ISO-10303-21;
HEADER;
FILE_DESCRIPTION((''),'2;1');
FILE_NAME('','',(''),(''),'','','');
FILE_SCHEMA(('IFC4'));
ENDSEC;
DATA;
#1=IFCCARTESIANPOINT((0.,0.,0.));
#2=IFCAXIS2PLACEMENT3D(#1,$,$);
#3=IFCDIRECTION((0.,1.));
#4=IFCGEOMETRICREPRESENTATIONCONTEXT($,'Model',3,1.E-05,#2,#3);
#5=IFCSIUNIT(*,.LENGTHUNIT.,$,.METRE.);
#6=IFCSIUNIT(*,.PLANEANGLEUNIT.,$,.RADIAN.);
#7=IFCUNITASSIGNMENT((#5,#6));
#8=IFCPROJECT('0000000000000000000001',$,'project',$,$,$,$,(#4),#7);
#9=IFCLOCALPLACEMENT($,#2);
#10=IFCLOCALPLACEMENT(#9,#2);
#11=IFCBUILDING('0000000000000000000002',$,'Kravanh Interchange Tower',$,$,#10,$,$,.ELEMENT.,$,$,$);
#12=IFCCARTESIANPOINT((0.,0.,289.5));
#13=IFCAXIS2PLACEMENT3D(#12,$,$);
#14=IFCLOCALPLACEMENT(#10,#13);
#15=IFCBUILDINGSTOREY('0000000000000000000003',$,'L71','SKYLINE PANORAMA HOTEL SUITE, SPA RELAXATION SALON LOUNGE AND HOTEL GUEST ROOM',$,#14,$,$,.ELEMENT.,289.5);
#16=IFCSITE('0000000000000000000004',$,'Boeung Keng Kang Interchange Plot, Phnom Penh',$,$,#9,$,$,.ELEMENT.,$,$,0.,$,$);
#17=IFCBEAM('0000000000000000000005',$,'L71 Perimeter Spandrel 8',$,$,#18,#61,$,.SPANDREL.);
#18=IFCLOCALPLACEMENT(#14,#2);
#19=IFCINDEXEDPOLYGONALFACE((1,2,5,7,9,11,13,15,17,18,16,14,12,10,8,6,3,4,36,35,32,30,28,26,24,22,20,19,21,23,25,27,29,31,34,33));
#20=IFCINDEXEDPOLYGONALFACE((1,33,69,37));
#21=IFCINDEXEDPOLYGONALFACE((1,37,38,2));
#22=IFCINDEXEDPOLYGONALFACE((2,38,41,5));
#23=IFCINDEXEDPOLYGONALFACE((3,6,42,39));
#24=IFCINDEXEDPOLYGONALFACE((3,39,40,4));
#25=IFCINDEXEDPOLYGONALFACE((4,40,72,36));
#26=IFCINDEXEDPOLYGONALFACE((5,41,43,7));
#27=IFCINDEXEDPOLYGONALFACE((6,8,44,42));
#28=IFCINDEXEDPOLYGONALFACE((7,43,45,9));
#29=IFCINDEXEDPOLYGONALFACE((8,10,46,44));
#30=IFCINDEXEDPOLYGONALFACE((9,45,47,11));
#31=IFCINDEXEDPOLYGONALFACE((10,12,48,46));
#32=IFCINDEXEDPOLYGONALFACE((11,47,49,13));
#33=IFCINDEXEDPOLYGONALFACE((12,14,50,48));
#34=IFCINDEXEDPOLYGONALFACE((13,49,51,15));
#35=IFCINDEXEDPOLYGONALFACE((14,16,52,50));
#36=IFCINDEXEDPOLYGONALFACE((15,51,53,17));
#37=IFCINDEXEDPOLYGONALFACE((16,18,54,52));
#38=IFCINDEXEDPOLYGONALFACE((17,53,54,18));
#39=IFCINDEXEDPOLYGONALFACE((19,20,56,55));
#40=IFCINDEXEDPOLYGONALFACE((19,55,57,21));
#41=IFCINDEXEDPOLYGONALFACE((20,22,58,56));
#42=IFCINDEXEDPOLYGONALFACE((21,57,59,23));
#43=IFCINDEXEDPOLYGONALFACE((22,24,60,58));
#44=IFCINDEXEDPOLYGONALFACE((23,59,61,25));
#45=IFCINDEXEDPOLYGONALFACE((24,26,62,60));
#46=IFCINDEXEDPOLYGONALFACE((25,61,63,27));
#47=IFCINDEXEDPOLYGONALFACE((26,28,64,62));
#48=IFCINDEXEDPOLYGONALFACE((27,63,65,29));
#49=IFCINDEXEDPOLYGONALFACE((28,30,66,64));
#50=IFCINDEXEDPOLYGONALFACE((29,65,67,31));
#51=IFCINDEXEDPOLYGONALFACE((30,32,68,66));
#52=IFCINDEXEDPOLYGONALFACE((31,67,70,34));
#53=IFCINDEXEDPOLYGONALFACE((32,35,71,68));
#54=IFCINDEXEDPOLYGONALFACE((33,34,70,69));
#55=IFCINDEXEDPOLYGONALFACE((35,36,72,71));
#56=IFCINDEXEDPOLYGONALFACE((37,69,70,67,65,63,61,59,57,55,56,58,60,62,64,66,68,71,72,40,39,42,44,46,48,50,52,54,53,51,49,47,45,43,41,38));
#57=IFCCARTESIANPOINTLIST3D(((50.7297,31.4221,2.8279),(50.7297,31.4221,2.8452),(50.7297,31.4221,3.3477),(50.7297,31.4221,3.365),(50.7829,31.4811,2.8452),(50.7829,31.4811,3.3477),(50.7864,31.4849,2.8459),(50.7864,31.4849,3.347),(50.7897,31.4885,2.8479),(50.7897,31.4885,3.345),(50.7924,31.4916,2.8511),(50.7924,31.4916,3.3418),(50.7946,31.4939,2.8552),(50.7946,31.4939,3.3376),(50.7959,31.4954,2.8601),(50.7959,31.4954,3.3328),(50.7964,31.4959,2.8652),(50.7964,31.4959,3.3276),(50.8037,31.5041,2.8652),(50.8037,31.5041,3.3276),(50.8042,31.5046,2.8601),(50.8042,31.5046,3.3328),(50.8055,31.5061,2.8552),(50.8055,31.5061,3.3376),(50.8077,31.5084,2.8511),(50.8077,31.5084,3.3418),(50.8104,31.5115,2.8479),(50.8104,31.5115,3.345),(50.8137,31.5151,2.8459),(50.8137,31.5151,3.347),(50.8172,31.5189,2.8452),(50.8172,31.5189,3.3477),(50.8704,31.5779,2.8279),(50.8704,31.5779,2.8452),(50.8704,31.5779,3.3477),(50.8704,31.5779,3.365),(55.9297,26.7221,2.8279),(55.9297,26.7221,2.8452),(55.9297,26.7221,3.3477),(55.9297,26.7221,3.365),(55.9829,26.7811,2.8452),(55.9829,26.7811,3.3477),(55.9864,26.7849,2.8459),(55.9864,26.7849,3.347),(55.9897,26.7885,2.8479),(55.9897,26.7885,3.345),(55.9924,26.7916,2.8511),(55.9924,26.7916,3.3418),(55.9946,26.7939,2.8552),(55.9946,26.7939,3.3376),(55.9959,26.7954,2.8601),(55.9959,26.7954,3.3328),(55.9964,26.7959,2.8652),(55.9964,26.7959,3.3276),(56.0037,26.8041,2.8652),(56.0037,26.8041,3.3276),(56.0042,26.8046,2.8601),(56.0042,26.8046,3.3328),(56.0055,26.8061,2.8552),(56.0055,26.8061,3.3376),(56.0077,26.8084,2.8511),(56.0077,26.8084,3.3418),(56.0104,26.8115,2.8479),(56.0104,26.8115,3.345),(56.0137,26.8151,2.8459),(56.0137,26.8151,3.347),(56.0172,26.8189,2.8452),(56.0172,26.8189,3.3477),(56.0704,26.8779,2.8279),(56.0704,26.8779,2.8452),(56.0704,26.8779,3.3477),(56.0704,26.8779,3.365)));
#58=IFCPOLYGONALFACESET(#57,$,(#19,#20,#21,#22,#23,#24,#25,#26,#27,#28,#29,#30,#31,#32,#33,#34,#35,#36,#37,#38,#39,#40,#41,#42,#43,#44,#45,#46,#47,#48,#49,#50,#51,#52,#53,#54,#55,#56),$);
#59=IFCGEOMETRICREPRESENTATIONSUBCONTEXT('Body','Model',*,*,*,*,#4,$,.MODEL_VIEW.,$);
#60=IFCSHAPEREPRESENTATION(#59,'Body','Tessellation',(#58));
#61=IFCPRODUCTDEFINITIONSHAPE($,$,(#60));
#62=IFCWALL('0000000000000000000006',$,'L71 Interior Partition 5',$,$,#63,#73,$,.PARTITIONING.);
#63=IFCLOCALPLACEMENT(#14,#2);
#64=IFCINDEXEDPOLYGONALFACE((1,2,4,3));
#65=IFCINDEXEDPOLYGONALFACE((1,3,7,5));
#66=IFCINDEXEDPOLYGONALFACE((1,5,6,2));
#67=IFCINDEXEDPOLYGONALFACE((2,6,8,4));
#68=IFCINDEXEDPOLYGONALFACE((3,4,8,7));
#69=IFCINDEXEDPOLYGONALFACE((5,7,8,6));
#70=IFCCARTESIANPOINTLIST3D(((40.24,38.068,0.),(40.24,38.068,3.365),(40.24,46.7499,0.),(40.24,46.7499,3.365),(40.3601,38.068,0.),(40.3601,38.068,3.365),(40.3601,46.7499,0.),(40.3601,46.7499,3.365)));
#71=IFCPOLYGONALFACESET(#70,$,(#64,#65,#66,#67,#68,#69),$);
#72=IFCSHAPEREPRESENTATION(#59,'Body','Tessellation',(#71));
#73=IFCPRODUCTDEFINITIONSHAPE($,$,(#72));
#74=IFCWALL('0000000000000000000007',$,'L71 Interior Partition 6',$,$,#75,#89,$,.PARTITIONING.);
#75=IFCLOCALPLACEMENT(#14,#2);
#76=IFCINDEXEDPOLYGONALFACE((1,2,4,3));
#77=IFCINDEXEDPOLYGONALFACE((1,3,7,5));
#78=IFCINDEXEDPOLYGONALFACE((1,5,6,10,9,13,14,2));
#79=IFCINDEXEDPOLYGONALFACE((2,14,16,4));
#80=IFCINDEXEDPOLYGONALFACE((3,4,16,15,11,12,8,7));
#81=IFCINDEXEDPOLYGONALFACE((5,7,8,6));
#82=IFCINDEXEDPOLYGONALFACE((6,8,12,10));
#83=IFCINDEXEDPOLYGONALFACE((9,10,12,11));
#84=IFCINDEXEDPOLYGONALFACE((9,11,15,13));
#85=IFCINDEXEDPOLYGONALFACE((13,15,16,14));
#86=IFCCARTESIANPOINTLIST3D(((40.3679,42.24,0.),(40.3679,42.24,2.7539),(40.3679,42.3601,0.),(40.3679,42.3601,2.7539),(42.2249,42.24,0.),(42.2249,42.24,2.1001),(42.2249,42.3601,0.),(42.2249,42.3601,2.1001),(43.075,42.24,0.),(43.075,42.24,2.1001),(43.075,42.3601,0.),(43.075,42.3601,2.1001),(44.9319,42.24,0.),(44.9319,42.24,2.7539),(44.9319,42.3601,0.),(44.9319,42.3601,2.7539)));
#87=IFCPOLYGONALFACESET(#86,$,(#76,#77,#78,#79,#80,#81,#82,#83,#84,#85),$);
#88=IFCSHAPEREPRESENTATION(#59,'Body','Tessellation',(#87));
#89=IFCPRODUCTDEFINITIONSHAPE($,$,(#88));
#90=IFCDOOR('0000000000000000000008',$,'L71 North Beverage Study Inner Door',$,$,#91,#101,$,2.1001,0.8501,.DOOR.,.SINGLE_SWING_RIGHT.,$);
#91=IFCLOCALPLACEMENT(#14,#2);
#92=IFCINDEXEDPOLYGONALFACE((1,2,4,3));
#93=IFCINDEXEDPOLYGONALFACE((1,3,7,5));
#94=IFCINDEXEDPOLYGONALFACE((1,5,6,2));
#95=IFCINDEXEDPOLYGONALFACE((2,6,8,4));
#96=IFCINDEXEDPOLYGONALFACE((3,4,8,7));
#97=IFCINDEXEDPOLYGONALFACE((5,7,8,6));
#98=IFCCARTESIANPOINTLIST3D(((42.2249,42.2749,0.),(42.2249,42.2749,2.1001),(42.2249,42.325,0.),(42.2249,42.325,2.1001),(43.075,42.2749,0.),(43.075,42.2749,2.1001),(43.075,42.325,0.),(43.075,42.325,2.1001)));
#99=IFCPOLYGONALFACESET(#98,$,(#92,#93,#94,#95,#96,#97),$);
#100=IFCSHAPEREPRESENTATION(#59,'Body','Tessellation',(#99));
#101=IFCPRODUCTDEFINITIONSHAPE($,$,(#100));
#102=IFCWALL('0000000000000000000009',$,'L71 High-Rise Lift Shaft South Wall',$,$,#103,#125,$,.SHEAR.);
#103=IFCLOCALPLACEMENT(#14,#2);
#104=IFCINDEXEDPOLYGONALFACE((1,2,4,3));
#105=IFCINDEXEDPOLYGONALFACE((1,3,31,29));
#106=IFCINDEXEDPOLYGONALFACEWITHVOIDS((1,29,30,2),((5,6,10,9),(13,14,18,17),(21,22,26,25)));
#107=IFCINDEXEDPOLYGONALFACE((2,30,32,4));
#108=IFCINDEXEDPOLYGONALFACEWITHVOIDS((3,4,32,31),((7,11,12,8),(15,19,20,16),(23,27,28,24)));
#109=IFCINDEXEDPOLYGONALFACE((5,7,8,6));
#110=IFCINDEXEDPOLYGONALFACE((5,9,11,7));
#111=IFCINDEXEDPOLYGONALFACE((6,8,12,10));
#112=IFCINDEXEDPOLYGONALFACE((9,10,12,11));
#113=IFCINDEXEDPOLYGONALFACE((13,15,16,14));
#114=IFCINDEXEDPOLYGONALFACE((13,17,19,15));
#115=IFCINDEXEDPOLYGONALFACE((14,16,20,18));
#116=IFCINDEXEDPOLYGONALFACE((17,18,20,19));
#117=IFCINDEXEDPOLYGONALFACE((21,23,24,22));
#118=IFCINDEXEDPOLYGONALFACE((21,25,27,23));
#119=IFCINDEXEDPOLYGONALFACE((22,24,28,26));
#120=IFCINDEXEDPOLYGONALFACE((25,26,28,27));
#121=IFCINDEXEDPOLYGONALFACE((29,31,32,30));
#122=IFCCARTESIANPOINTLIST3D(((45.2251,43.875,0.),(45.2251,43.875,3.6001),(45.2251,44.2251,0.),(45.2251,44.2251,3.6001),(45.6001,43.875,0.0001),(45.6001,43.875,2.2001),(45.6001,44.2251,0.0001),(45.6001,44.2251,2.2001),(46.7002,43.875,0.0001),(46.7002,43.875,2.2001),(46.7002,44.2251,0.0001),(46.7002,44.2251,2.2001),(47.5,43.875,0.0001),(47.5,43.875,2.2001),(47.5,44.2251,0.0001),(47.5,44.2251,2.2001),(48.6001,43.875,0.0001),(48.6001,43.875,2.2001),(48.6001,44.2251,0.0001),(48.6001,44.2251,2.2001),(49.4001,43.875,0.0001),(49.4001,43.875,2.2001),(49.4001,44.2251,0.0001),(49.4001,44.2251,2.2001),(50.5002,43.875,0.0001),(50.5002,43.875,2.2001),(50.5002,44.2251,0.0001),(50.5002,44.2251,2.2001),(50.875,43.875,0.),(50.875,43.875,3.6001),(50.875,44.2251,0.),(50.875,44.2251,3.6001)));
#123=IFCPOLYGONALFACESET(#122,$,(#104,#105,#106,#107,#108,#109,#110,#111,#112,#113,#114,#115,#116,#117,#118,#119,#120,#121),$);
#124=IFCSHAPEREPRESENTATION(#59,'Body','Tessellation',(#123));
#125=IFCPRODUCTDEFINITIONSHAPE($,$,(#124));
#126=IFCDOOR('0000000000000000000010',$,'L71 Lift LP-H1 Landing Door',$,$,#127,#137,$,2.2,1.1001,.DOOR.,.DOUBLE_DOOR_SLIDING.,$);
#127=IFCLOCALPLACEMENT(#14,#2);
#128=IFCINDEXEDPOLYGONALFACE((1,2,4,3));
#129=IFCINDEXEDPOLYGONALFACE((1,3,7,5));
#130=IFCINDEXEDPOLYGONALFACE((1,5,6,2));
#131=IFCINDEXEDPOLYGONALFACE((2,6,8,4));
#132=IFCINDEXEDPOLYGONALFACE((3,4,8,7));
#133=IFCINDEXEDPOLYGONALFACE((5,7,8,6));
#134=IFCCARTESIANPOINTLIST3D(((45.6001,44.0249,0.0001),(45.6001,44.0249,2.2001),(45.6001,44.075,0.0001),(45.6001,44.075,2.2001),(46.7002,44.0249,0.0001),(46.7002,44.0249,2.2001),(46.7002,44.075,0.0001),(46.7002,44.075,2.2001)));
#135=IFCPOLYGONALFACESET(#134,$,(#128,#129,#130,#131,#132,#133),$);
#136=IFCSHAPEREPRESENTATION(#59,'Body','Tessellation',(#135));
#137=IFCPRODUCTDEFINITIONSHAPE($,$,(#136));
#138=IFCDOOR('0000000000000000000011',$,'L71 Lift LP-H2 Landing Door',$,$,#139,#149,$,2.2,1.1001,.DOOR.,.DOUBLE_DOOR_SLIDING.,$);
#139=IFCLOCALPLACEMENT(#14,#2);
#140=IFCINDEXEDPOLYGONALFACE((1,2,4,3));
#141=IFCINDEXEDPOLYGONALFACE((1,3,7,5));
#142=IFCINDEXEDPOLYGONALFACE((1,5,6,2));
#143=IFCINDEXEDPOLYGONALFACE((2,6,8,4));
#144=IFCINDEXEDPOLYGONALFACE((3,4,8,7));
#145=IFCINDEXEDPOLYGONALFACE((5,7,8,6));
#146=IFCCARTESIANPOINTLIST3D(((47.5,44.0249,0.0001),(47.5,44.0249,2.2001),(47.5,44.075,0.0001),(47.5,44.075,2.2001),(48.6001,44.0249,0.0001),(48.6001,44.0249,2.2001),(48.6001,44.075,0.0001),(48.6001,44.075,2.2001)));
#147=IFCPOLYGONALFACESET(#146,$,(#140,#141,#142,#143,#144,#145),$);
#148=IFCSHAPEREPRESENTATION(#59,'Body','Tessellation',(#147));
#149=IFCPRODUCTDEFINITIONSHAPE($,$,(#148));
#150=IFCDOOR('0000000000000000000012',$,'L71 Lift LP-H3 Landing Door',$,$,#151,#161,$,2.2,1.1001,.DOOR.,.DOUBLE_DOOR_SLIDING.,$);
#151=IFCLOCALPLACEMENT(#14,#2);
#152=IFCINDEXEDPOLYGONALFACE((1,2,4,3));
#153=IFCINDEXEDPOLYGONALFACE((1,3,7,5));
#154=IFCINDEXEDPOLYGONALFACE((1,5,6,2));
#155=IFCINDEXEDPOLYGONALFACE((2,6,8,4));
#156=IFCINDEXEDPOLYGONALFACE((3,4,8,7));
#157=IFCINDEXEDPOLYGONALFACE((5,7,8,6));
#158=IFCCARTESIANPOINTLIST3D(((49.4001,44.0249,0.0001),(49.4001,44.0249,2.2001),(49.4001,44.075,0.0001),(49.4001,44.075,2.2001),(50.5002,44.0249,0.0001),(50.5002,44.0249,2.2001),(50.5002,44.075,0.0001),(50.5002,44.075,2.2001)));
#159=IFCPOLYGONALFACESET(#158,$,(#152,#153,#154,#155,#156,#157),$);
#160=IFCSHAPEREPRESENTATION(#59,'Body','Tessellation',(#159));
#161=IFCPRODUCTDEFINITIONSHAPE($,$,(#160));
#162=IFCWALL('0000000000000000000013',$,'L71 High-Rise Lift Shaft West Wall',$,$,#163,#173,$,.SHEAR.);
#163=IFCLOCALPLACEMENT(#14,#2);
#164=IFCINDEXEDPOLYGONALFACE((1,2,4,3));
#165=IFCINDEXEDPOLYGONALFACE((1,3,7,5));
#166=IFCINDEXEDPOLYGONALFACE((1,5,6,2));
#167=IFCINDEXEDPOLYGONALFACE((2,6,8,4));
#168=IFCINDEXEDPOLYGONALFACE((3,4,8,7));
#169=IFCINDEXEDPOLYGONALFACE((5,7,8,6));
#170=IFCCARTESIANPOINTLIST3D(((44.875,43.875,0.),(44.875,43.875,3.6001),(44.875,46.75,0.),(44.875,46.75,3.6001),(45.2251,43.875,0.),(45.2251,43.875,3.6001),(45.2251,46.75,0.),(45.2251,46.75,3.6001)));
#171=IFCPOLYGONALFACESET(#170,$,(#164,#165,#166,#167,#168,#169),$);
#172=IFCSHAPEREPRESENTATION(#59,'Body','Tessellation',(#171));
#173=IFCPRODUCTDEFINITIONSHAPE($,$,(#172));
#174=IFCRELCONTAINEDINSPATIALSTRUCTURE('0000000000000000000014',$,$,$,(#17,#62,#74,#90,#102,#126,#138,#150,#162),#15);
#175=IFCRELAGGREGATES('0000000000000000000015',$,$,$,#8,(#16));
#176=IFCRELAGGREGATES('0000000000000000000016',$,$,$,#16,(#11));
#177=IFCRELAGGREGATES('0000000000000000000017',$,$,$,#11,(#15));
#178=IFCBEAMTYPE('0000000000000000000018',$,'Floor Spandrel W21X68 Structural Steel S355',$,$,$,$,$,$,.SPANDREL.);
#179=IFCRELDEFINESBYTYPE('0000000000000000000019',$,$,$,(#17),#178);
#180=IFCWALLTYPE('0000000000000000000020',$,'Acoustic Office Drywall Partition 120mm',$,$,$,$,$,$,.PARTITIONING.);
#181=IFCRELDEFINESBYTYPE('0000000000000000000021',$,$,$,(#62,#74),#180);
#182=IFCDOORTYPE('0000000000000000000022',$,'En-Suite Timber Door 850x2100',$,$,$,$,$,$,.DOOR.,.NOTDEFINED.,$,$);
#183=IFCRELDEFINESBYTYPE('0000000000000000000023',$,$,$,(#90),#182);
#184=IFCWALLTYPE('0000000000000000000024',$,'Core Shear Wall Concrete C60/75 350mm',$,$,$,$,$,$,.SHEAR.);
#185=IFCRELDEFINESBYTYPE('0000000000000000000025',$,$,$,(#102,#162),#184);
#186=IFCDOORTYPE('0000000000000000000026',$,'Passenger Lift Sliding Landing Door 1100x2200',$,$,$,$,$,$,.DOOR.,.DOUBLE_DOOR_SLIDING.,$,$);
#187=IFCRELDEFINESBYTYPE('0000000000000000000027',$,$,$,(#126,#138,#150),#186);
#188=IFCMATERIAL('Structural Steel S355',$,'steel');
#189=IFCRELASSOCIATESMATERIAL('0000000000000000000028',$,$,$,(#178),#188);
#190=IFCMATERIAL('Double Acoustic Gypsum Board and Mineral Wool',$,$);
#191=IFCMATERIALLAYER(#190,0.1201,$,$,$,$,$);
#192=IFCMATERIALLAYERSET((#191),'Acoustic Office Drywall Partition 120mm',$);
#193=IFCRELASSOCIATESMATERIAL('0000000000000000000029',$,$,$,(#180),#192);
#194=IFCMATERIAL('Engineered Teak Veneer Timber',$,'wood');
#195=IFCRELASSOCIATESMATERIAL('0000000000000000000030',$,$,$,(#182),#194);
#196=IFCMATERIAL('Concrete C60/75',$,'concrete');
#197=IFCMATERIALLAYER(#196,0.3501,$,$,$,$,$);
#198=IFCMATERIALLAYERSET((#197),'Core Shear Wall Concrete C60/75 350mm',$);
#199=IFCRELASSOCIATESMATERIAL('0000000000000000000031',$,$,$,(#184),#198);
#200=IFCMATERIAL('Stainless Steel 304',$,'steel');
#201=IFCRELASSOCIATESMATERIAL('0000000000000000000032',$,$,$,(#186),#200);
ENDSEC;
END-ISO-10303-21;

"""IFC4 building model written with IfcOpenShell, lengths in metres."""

from ifc_helpers import new_model, si_unit, direction, frame, frame_2d, origin, origin_2d, place, context, subcontext, project, spatial, rectangle, i_section, extrude, material, layer, layer_set, material_profile, profile_set, type_object, element, fill, save


model = new_model("IFC4")

# Units and contexts
model_context = context("Model", 3, precision=1e-05, world=origin(), true_north=direction((0.0, 1.0)))
body_context = subcontext(model_context, "Body", "Model", "MODEL_VIEW")
ifc_project = project(units=[si_unit("LENGTHUNIT", "METRE"), si_unit("PLANEANGLEUNIT", "RADIAN")], contexts=[model_context])

# Site, building, storey
site_placement = place(None, origin())
site = spatial("IfcSite", under=ifc_project, at=site_placement, Name="Boeung Keng Kang Interchange Plot, Phnom Penh", CompositionType="ELEMENT", RefElevation=0.0)
building_placement = place(site_placement, origin())
building = spatial("IfcBuilding", under=site, at=building_placement, Name="Kravanh Interchange Tower", CompositionType="ELEMENT")
storey_placement = place(building_placement, frame((0.0, 0.0, 289.5)))
storey = spatial("IfcBuildingStorey", under=building, at=storey_placement, Name="L71", Description="SKYLINE PANORAMA HOTEL SUITE, SPA RELAXATION SALON LOUNGE AND HOTEL GUEST ROOM", CompositionType="ELEMENT", Elevation=289.5)

# Beam
ifc_material_1 = material(Name="Structural Steel S355", Category="steel")
ifc_material_profile_1 = material_profile(ifc_material_1, i_section(OverallWidth=0.21, OverallDepth=0.5371, WebThickness=0.011, FlangeThickness=0.0173, FilletRadius=0.02, at=origin_2d()), Name="W21X68")
ifc_profile_set_1 = profile_set([ifc_material_profile_1], Name="Structural Steel S355")
beam_type_1 = type_object("IfcBeamType", Name="Floor Spandrel W21X68 Structural Steel S355", PredefinedType="SPANDREL", material=ifc_profile_set_1)
beam_1_placement = place(storey_placement, frame((50.8, 31.5, 3.0964), z_axis=(0.741874, -0.670539, 0.0), x_axis=(0.670539, 0.741874, 0.0)))
element("IfcBeam", 1, at=beam_1_placement, inside=storey, type_object=beam_type_1, Name="L71 Perimeter Spandrel 8", PredefinedType="SPANDREL", context=body_context, shape_type="SweptSolid", body=[
    extrude(i_section(OverallWidth=0.21, OverallDepth=0.5371, WebThickness=0.011, FlangeThickness=0.0173, FilletRadius=0.02, at=origin_2d()), origin(), (0.0, 0.0, 1.0), 7.0093),
])

# Wall
ifc_material_2 = material(Name="Double Acoustic Gypsum Board and Mineral Wool")
ifc_layer_1 = layer(ifc_material_2, 0.1201)
ifc_layer_set_1 = layer_set([ifc_layer_1], Name="Acoustic Office Drywall Partition 120mm")
wall_type_1 = type_object("IfcWallType", Name="Acoustic Office Drywall Partition 120mm", PredefinedType="PARTITIONING", material=ifc_layer_set_1)
wall_1_placement = place(storey_placement, frame((40.3, 38.0681, 0.0), z_axis=(0.0, 0.0, 1.0), x_axis=(0.0, 1.0, 0.0)))
element("IfcWall", 2, at=wall_1_placement, inside=storey, type_object=wall_type_1, Name="L71 Interior Partition 5", PredefinedType="PARTITIONING", context=body_context, shape_type="SweptSolid", body=[
    extrude(rectangle(XDim=8.6819, YDim=0.1201, at=frame_2d((4.3408, 0.0))), origin(), (0.0, 0.0, 1.0), 3.365),
])

# Wall, opening, door
wall_2_placement = place(storey_placement, frame((40.3679, 42.3, 0.0), z_axis=(0.0, 0.0, 1.0), x_axis=(1.0, 0.0, 0.0)))
wall_2 = element("IfcWall", 3, at=wall_2_placement, inside=storey, type_object=wall_type_1, Name="L71 Interior Partition 6", PredefinedType="PARTITIONING", context=body_context, shape_type="SweptSolid", body=[
    extrude(rectangle(XDim=4.564, YDim=0.1201, at=frame_2d((2.282, 0.0))), origin(), (0.0, 0.0, 1.0), 2.7539),
])
opening_1_placement = place(wall_2_placement, frame((1.8569, 0.0, 0.0)))
opening_1 = element("IfcOpeningElement", 4, at=opening_1_placement, cuts=wall_2, PredefinedType="OPENING", context=body_context, shape_type="SweptSolid", body=[
    extrude(rectangle(XDim=0.8501, YDim=2.1001, at=frame_2d((0.425, 1.05))), frame((0.0, 0.0701, 0.0), z_axis=(0.0, -1.0, 0.0), x_axis=(1.0, 0.0, 0.0)), (0.0, 0.0, 1.0), 0.1401),
])
ifc_material_3 = material(Name="Engineered Teak Veneer Timber", Category="wood")
door_type_1 = type_object("IfcDoorType", Name="En-Suite Timber Door 850x2100", OperationType="NOTDEFINED", PredefinedType="DOOR", material=ifc_material_3)
door_1_placement = place(opening_1_placement, origin())
door_1 = element("IfcDoor", 5, at=door_1_placement, inside=storey, type_object=door_type_1, Name="L71 North Beverage Study Inner Door", OperationType="SINGLE_SWING_RIGHT", OverallHeight=2.1001, OverallWidth=0.8501, PredefinedType="DOOR", context=body_context, shape_type="SweptSolid", body=[
    extrude(rectangle(XDim=0.8501, YDim=2.1001, at=frame_2d((0.425, 1.05))), frame((0.0, 0.0249, 0.0), z_axis=(0.0, -1.0, 0.0), x_axis=(1.0, 0.0, 0.0)), (0.0, 0.0, 1.0), 0.05),
])
fill(opening_1, door_1)

# Wall, openings, doors
ifc_material_4 = material(Name="Concrete C60/75", Category="concrete")
ifc_layer_2 = layer(ifc_material_4, 0.3501)
ifc_layer_set_2 = layer_set([ifc_layer_2], Name="Core Shear Wall Concrete C60/75 350mm")
wall_type_2 = type_object("IfcWallType", Name="Core Shear Wall Concrete C60/75 350mm", PredefinedType="SHEAR", material=ifc_layer_set_2)
wall_3_placement = place(storey_placement, frame((45.2251, 44.05, 0.0), z_axis=(0.0, 0.0, 1.0), x_axis=(1.0, 0.0, 0.0)))
wall_3 = element("IfcWall", 6, at=wall_3_placement, inside=storey, type_object=wall_type_2, Name="L71 High-Rise Lift Shaft South Wall", PredefinedType="SHEAR", context=body_context, shape_type="SweptSolid", body=[
    extrude(rectangle(XDim=5.6499, YDim=0.3501, at=frame_2d((2.825, 0.0))), origin(), (0.0, 0.0, 1.0), 3.6001),
])
opening_2_placement = place(wall_3_placement, frame((0.375, 0.0, 0.0)))
opening_2 = element("IfcOpeningElement", 7, at=opening_2_placement, cuts=wall_3, PredefinedType="OPENING", context=body_context, shape_type="SweptSolid", body=[
    extrude(rectangle(XDim=1.1001, YDim=2.2, at=frame_2d((0.55, 1.1001))), frame((0.0, 0.1851, 0.0), z_axis=(0.0, -1.0, 0.0), x_axis=(1.0, 0.0, 0.0)), (0.0, 0.0, 1.0), 0.3701),
])
opening_3_placement = place(wall_3_placement, frame((2.2749, 0.0, 0.0)))
opening_3 = element("IfcOpeningElement", 8, at=opening_3_placement, cuts=wall_3, PredefinedType="OPENING", context=body_context, shape_type="SweptSolid", body=[
    extrude(rectangle(XDim=1.1001, YDim=2.2, at=frame_2d((0.55, 1.1001))), frame((0.0, 0.1851, 0.0), z_axis=(0.0, -1.0, 0.0), x_axis=(1.0, 0.0, 0.0)), (0.0, 0.0, 1.0), 0.3701),
])
opening_4_placement = place(wall_3_placement, frame((4.175, 0.0, 0.0)))
opening_4 = element("IfcOpeningElement", 9, at=opening_4_placement, cuts=wall_3, PredefinedType="OPENING", context=body_context, shape_type="SweptSolid", body=[
    extrude(rectangle(XDim=1.1001, YDim=2.2, at=frame_2d((0.55, 1.1001))), frame((0.0, 0.1851, 0.0), z_axis=(0.0, -1.0, 0.0), x_axis=(1.0, 0.0, 0.0)), (0.0, 0.0, 1.0), 0.3701),
])
ifc_material_5 = material(Name="Stainless Steel 304", Category="steel")
door_type_2 = type_object("IfcDoorType", Name="Passenger Lift Sliding Landing Door 1100x2200", OperationType="DOUBLE_DOOR_SLIDING", PredefinedType="DOOR", material=ifc_material_5)
door_2_placement = place(opening_2_placement, origin())
door_2 = element("IfcDoor", 10, at=door_2_placement, inside=storey, type_object=door_type_2, Name="L71 Lift LP-H1 Landing Door", OperationType="DOUBLE_DOOR_SLIDING", OverallHeight=2.2, OverallWidth=1.1001, PredefinedType="DOOR", context=body_context, shape_type="SweptSolid", body=[
    extrude(rectangle(XDim=1.1001, YDim=2.2, at=frame_2d((0.55, 1.1001))), frame((0.0, 0.0249, 0.0), z_axis=(0.0, -1.0, 0.0), x_axis=(1.0, 0.0, 0.0)), (0.0, 0.0, 1.0), 0.05),
])
fill(opening_2, door_2)
door_3_placement = place(opening_3_placement, origin())
door_3 = element("IfcDoor", 11, at=door_3_placement, inside=storey, type_object=door_type_2, Name="L71 Lift LP-H2 Landing Door", OperationType="DOUBLE_DOOR_SLIDING", OverallHeight=2.2, OverallWidth=1.1001, PredefinedType="DOOR", context=body_context, shape_type="SweptSolid", body=[
    extrude(rectangle(XDim=1.1001, YDim=2.2, at=frame_2d((0.55, 1.1001))), frame((0.0, 0.0249, 0.0), z_axis=(0.0, -1.0, 0.0), x_axis=(1.0, 0.0, 0.0)), (0.0, 0.0, 1.0), 0.05),
])
fill(opening_3, door_3)
door_4_placement = place(opening_4_placement, origin())
door_4 = element("IfcDoor", 12, at=door_4_placement, inside=storey, type_object=door_type_2, Name="L71 Lift LP-H3 Landing Door", OperationType="DOUBLE_DOOR_SLIDING", OverallHeight=2.2, OverallWidth=1.1001, PredefinedType="DOOR", context=body_context, shape_type="SweptSolid", body=[
    extrude(rectangle(XDim=1.1001, YDim=2.2, at=frame_2d((0.55, 1.1001))), frame((0.0, 0.0249, 0.0), z_axis=(0.0, -1.0, 0.0), x_axis=(1.0, 0.0, 0.0)), (0.0, 0.0, 1.0), 0.05),
])
fill(opening_4, door_4)

# Wall
wall_4_placement = place(storey_placement, frame((45.05, 43.875, 0.0), z_axis=(0.0, 0.0, 1.0), x_axis=(0.0, 1.0, 0.0)))
element("IfcWall", 13, at=wall_4_placement, inside=storey, type_object=wall_type_2, Name="L71 High-Rise Lift Shaft West Wall", PredefinedType="SHEAR", context=body_context, shape_type="SweptSolid", body=[
    extrude(rectangle(XDim=2.875, YDim=0.3501, at=frame_2d((1.4375, 0.0))), origin(), (0.0, 0.0, 1.0), 3.6001),
])

save(model, "model.ifc")
